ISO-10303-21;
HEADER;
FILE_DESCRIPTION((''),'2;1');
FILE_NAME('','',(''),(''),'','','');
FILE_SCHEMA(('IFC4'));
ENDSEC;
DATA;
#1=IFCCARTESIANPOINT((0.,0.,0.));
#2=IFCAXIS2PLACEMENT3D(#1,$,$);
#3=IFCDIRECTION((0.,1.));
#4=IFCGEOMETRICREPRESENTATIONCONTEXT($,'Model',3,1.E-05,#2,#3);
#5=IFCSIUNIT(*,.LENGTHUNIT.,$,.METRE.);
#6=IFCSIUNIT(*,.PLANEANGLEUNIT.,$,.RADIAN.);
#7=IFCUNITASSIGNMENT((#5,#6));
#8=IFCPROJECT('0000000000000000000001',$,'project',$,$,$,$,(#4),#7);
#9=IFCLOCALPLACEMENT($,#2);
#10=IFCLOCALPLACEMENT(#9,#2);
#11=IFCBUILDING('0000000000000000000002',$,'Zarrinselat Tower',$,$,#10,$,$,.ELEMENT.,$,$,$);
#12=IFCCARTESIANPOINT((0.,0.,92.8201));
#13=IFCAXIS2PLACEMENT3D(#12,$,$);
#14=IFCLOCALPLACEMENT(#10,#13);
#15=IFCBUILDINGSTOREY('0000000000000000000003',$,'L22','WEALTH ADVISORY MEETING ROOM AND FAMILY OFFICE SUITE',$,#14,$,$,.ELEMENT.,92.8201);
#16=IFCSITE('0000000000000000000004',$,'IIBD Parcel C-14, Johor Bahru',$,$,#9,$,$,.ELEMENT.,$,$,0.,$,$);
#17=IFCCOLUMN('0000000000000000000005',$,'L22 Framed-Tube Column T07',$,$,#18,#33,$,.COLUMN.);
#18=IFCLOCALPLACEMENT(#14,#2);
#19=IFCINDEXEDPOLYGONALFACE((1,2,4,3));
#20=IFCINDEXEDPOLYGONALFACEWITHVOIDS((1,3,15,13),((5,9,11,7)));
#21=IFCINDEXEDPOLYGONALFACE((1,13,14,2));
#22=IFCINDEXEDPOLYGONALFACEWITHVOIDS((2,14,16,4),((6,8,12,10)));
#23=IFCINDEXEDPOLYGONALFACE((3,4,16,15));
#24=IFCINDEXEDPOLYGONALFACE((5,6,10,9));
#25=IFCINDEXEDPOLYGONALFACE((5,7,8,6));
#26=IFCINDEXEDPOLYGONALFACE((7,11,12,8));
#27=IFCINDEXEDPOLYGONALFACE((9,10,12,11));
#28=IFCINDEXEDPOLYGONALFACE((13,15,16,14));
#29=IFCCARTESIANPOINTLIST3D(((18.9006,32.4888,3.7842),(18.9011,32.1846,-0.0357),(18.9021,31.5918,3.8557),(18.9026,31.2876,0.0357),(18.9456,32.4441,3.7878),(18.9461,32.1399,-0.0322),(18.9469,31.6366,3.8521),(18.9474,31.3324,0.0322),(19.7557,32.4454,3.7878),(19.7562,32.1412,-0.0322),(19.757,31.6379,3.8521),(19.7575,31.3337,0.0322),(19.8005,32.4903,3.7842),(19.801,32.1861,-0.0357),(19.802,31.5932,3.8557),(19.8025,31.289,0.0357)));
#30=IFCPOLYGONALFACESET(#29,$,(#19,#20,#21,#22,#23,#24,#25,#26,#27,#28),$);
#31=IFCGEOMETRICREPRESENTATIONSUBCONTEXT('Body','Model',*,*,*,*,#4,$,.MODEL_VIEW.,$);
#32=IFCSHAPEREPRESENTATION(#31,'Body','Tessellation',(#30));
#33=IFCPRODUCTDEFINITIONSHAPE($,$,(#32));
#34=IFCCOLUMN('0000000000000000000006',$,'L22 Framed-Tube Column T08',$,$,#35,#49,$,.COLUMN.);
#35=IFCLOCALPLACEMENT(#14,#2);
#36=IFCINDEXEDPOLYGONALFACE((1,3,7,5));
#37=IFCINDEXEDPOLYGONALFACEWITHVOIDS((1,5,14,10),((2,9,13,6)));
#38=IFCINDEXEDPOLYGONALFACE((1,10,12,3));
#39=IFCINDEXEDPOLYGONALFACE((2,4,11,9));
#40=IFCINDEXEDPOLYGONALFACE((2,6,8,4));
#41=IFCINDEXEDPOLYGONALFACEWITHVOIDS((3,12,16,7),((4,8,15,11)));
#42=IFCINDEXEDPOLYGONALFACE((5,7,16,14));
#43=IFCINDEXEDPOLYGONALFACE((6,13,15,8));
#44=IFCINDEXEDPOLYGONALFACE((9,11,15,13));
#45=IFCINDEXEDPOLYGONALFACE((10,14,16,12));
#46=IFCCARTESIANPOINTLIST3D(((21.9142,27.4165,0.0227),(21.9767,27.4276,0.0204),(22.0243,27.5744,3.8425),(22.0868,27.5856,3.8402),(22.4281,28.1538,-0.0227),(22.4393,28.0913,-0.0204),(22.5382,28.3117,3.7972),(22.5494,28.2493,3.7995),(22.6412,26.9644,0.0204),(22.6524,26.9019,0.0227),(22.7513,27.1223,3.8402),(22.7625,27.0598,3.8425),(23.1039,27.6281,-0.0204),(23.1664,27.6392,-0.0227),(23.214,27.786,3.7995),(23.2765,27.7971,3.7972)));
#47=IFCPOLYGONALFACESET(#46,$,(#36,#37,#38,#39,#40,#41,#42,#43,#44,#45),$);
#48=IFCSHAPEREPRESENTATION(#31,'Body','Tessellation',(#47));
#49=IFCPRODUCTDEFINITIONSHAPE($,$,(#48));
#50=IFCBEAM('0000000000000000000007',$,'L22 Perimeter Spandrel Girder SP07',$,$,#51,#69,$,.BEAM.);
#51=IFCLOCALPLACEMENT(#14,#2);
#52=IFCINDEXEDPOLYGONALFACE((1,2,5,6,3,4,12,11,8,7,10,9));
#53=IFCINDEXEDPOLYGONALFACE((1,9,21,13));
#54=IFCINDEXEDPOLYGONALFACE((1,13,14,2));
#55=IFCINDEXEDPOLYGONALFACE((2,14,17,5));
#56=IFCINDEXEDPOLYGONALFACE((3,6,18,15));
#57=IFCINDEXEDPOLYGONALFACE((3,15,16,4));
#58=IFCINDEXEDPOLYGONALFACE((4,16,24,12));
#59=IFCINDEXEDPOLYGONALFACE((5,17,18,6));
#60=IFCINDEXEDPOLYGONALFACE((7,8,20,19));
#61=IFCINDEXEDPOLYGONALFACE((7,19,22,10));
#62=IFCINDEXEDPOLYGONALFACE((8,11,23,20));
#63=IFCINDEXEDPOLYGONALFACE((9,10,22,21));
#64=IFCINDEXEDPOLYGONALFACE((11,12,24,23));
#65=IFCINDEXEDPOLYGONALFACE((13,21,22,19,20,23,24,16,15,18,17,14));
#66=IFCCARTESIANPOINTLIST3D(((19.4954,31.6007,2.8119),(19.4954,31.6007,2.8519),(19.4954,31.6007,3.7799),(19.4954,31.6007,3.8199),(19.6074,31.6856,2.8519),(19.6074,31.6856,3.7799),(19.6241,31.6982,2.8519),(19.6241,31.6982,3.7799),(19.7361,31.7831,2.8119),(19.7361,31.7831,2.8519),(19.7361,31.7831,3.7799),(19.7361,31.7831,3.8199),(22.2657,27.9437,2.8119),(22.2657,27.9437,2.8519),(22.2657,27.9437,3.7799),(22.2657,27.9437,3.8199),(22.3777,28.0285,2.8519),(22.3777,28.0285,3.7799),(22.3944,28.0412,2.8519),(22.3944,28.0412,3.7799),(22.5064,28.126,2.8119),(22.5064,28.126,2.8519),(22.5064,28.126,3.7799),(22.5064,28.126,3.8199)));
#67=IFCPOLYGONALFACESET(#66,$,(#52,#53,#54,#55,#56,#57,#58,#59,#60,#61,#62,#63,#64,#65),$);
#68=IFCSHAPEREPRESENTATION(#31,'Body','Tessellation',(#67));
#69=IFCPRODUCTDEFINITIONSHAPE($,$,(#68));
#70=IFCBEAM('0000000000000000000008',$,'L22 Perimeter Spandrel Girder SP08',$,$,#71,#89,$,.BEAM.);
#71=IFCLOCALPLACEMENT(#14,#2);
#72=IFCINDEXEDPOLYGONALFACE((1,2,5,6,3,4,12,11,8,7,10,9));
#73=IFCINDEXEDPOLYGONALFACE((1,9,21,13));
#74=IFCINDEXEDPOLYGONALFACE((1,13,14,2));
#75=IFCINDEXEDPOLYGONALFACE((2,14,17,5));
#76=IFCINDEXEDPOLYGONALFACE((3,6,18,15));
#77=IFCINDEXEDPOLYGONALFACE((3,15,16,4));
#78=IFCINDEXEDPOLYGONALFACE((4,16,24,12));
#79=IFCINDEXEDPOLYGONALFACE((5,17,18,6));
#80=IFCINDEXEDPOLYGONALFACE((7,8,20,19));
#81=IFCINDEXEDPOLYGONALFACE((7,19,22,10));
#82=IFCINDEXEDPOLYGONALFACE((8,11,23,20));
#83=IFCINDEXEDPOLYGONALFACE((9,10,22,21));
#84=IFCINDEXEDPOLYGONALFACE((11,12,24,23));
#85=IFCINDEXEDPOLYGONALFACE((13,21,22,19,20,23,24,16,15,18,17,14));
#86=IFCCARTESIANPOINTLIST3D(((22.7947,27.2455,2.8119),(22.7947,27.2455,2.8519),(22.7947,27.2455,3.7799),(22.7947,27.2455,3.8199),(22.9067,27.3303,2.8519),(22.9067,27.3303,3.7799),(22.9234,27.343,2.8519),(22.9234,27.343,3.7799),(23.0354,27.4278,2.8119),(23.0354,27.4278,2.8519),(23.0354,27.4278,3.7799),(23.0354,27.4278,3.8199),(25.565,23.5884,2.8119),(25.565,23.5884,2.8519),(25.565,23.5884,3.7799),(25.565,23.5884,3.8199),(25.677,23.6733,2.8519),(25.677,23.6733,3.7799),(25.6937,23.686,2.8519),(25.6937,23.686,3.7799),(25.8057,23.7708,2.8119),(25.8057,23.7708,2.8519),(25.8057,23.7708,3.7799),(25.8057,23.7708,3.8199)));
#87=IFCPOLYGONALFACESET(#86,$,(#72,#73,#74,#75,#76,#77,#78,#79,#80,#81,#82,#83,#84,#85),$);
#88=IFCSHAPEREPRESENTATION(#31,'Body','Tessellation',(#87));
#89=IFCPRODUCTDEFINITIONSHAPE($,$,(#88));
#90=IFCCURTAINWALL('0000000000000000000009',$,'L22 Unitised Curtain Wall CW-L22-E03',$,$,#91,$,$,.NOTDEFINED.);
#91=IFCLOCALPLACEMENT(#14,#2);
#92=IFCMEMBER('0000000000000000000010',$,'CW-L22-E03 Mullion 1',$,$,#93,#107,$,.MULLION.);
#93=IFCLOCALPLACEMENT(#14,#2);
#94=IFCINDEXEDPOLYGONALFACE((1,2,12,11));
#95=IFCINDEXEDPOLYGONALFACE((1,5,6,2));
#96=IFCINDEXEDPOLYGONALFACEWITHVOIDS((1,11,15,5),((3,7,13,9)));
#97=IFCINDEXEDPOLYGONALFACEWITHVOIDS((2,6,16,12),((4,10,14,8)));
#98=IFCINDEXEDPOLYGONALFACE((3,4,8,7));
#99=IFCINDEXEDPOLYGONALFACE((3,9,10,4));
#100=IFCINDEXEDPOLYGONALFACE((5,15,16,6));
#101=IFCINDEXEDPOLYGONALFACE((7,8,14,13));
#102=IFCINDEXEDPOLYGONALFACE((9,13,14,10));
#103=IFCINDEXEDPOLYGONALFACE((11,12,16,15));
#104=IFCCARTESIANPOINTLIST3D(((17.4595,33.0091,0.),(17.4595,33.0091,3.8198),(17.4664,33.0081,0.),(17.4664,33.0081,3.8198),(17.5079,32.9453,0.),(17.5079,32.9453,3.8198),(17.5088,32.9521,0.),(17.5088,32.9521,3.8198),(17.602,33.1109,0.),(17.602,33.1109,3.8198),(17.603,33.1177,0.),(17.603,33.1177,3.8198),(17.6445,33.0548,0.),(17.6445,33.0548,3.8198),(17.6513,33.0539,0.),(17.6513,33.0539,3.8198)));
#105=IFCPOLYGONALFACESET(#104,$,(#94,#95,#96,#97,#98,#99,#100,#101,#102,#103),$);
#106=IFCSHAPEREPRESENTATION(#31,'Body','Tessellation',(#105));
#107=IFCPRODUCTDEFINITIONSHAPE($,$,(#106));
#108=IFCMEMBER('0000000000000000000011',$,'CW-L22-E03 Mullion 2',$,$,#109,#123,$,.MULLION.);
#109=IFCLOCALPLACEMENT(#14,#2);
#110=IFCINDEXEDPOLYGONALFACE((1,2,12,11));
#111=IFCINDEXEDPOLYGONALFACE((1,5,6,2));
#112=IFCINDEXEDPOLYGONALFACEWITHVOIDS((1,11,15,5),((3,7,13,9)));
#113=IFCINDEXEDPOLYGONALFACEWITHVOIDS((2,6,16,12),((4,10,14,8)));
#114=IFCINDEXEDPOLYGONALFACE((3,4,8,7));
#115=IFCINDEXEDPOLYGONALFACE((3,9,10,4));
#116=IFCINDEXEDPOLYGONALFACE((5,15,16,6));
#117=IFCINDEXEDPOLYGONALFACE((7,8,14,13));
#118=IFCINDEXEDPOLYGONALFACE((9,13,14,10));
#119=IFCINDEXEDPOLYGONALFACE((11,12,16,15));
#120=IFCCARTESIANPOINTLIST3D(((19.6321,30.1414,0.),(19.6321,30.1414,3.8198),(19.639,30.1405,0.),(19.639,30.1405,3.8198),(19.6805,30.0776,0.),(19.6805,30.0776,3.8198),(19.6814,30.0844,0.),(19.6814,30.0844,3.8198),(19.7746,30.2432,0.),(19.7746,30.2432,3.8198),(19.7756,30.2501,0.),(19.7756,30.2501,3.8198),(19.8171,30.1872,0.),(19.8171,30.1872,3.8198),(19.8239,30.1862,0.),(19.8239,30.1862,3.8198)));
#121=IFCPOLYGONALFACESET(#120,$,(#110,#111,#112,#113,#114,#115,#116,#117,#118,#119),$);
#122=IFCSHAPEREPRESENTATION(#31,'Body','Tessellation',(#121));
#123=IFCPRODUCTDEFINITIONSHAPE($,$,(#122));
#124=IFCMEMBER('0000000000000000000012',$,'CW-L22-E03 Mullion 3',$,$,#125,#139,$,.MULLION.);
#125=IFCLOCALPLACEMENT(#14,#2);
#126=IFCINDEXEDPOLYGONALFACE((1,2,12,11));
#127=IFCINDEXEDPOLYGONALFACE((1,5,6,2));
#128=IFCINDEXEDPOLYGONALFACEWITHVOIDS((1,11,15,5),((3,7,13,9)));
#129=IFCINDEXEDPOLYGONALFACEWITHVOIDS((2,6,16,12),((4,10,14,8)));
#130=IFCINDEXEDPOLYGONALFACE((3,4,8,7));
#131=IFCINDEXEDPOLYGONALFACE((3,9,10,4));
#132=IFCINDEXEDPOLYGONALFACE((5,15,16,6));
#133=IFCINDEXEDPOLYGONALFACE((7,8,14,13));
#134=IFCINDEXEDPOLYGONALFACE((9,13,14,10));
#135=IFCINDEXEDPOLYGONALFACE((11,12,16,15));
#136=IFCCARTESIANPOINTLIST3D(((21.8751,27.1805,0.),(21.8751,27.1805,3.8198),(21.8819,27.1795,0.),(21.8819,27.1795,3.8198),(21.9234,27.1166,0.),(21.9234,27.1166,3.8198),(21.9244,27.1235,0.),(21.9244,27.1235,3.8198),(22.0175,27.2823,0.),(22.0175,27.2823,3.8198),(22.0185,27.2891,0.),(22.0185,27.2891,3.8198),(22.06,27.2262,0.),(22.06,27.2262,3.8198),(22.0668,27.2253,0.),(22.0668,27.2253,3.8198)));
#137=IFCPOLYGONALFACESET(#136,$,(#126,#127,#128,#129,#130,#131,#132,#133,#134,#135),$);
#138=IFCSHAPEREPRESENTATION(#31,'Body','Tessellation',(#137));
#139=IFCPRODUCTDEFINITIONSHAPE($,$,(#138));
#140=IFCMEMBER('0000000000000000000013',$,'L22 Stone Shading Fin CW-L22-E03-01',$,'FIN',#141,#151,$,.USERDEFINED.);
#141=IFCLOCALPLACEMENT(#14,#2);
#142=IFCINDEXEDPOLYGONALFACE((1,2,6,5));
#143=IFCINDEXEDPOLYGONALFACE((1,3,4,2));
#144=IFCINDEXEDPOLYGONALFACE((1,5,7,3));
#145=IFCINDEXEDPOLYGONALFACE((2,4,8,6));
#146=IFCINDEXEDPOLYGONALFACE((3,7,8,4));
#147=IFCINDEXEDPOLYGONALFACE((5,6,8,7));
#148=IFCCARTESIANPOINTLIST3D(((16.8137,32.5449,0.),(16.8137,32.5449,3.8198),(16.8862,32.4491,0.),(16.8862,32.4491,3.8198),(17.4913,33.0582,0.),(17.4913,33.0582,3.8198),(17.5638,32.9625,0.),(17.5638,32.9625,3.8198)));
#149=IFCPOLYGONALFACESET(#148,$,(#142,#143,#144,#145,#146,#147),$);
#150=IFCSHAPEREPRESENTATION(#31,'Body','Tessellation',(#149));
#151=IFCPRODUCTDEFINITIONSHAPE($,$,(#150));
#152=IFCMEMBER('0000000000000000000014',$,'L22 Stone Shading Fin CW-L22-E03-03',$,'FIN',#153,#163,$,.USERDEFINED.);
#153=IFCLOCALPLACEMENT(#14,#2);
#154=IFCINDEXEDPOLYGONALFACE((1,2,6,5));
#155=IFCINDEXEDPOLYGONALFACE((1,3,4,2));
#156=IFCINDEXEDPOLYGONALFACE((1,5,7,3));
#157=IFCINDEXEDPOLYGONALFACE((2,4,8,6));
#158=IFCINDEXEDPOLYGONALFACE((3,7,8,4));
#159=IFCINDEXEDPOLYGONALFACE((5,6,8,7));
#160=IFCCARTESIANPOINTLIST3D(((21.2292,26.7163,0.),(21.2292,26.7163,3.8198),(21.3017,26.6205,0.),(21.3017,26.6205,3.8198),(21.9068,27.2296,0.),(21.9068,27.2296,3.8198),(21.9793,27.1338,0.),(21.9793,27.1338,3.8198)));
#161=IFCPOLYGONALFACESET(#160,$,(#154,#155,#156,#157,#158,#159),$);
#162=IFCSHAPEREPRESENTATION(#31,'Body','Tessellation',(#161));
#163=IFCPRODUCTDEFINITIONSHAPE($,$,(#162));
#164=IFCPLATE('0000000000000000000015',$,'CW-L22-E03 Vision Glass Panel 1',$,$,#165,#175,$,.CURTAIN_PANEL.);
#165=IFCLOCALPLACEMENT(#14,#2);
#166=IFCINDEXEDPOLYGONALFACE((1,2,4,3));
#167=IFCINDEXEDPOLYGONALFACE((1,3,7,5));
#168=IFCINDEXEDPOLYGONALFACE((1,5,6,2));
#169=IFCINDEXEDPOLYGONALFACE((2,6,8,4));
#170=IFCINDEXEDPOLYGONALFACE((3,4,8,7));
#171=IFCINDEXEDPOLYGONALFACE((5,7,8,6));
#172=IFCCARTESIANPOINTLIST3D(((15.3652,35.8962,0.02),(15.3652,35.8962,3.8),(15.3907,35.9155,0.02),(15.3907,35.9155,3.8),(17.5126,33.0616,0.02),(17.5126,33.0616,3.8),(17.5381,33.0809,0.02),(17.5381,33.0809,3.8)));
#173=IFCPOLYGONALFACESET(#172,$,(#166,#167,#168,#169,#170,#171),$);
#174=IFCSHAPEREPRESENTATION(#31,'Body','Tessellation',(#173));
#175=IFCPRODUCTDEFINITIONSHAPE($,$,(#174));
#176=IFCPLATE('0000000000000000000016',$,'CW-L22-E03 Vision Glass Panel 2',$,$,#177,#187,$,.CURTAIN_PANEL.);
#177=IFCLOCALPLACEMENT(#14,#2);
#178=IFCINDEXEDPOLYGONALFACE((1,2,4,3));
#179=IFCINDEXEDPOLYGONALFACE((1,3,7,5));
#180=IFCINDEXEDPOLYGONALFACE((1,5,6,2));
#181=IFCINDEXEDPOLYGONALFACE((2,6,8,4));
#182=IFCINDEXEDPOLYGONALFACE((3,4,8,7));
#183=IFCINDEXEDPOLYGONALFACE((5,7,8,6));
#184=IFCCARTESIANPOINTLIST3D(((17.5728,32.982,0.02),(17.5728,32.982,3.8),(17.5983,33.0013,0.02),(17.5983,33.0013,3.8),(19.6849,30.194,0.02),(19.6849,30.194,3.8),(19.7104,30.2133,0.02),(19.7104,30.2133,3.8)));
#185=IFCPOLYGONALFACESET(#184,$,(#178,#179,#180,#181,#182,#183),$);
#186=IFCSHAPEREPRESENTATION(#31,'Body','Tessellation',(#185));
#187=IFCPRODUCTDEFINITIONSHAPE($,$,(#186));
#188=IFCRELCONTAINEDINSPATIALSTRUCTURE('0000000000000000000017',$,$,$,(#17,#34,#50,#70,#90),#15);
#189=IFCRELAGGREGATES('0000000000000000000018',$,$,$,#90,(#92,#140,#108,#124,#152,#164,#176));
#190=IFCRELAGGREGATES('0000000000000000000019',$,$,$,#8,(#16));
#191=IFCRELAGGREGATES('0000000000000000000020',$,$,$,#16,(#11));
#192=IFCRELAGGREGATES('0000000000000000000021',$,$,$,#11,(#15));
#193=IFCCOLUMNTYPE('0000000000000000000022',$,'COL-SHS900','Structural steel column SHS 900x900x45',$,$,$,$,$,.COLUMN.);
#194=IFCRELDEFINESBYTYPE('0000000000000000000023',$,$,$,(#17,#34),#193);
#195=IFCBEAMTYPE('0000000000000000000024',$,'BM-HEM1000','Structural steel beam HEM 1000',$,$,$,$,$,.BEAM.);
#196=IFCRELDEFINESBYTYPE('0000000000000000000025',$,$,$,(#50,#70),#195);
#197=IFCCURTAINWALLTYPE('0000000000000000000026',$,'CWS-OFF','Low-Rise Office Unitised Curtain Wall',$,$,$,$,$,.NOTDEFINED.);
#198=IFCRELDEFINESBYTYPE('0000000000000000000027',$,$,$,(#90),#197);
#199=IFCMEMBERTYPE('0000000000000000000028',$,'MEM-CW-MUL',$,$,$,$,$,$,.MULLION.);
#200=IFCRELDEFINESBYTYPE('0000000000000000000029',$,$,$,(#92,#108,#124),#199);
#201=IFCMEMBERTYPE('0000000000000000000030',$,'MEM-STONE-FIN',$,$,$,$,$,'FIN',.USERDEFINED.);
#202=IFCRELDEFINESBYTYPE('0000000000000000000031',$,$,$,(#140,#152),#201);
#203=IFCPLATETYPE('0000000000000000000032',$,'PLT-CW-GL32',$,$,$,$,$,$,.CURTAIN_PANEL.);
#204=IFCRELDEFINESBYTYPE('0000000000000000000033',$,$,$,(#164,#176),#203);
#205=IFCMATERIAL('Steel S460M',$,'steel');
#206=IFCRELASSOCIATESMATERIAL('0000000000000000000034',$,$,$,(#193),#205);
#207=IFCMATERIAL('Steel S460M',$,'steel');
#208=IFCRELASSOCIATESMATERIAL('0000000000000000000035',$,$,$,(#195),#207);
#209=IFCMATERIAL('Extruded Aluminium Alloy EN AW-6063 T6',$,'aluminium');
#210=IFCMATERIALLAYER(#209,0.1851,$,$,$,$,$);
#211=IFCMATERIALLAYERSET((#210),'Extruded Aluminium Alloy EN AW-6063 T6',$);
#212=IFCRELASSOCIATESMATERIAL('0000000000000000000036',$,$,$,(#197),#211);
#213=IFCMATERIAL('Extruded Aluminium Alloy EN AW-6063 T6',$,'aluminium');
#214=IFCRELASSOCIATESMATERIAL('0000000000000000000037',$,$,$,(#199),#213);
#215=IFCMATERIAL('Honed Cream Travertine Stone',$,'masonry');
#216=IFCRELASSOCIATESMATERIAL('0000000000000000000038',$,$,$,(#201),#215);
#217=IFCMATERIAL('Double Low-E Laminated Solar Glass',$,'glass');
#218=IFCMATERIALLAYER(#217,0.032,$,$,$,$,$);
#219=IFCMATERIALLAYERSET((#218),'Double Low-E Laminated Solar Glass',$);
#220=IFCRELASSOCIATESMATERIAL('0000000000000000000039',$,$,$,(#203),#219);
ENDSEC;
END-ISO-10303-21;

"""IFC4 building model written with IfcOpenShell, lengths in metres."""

from ifc_helpers import new_model, si_unit, direction, frame, origin, origin_2d, place, context, subcontext, project, spatial, rectangle, hollow_rectangle, i_section, extrude, material, layer, layer_set, material_profile, profile_set, type_object, element, aggregate, save


model = new_model("IFC4")

# Units and contexts
model_context = context("Model", 3, precision=1e-05, world=origin(), true_north=direction((0.0, 1.0)))
body_context = subcontext(model_context, "Body", "Model", "MODEL_VIEW")
ifc_project = project(units=[si_unit("LENGTHUNIT", "METRE"), si_unit("PLANEANGLEUNIT", "RADIAN")], contexts=[model_context])

# Site, building, storey
site_placement = place(None, origin())
site = spatial("IfcSite", under=ifc_project, at=site_placement, Name="IIBD Parcel C-14, Johor Bahru", CompositionType="ELEMENT", RefElevation=0.0)
building_placement = place(site_placement, origin())
building = spatial("IfcBuilding", under=site, at=building_placement, Name="Zarrinselat Tower", CompositionType="ELEMENT")
storey_placement = place(building_placement, frame((0.0, 0.0, 92.8201)))
storey = spatial("IfcBuildingStorey", under=building, at=storey_placement, Name="L22", Description="WEALTH ADVISORY MEETING ROOM AND FAMILY OFFICE SUITE", CompositionType="ELEMENT", Elevation=92.8201)

# Columns
ifc_material_1 = material(Name="Steel S460M", Category="steel")
ifc_material_profile_1 = material_profile(ifc_material_1, hollow_rectangle(XDim=0.8999, YDim=0.8999, WallThickness=0.0449, at=origin_2d()), Name="SHS 900x900x45")
ifc_profile_set_1 = profile_set([ifc_material_profile_1], Name="Steel S460M")
column_type = type_object("IfcColumnType", Name="COL-SHS900", Description="Structural steel column SHS 900x900x45", PredefinedType="COLUMN", material=ifc_profile_set_1)
column_1_placement = place(storey_placement, frame((19.3518, 31.7368, 0.0), z_axis=(-0.000127, 0.079386, 0.996844), x_axis=(-0.999999, -0.001605, 0.0)))
element("IfcColumn", 1, at=column_1_placement, inside=storey, type_object=column_type, Name="L22 Framed-Tube Column T07", PredefinedType="COLUMN", context=body_context, shape_type="SweptSolid", body=[
    extrude(hollow_rectangle(XDim=0.8999, YDim=0.8999, WallThickness=0.0449, at=origin_2d()), origin(), (0.0, 0.0, 1.0), 3.832),
])
column_2_placement = place(storey_placement, frame((22.5403, 27.5278, 0.0), z_axis=(0.028789, 0.0413, 0.998732), x_axis=(-0.820362, 0.571844, 0.0)))
element("IfcColumn", 2, at=column_2_placement, inside=storey, type_object=column_type, Name="L22 Framed-Tube Column T08", PredefinedType="COLUMN", context=body_context, shape_type="SweptSolid", body=[
    extrude(hollow_rectangle(XDim=0.8999, YDim=0.8999, WallThickness=0.0449, at=origin_2d()), origin(), (0.0, 0.0, 1.0), 3.8247),
])

# Beams
ifc_material_2 = material(Name="Steel S460M", Category="steel")
ifc_material_profile_2 = material_profile(ifc_material_2, i_section(OverallWidth=0.302, OverallDepth=1.0081, WebThickness=0.021, FlangeThickness=0.04, at=origin_2d()), Name="HEM 1000")
ifc_profile_set_2 = profile_set([ifc_material_profile_2], Name="Steel S460M")
beam_type = type_object("IfcBeamType", Name="BM-HEM1000", Description="Structural steel beam HEM 1000", PredefinedType="BEAM", material=ifc_profile_set_2)
for number, where, z_axis, x_axis, name in (
    (3, (19.6157, 31.6919, 3.3159), (0.603833, -0.797111, 0.0), (0.797111, 0.603833, 0.0), "L22 Perimeter Spandrel Girder SP07"),
    (4, (22.915, 27.3367, 3.3159), (0.603833, -0.797111, 0.0), (0.797111, 0.603833, 0.0), "L22 Perimeter Spandrel Girder SP08"),
):
    element("IfcBeam", number, at=place(storey_placement, frame(where, z_axis=z_axis, x_axis=x_axis)), inside=storey, type_object=beam_type, Name=name, PredefinedType="BEAM", context=body_context, shape_type="SweptSolid", body=[
        extrude(i_section(OverallWidth=0.302, OverallDepth=1.0081, WebThickness=0.021, FlangeThickness=0.04, at=origin_2d()), origin(), (0.0, 0.0, 1.0), 4.5879),
    ])

# Curtain wall, members, plates
ifc_material_3 = material(Name="Extruded Aluminium Alloy EN AW-6063 T6", Category="aluminium")
ifc_layer_1 = layer(ifc_material_3, 0.1851)
ifc_layer_set_1 = layer_set([ifc_layer_1], Name="Extruded Aluminium Alloy EN AW-6063 T6")
curtain_wall_type = type_object("IfcCurtainWallType", Name="CWS-OFF", Description="Low-Rise Office Unitised Curtain Wall", PredefinedType="NOTDEFINED", material=ifc_layer_set_1)
curtain_wall_placement = place(storey_placement, origin())
curtain_wall = element("IfcCurtainWall", 5, at=curtain_wall_placement, inside=storey, type_object=curtain_wall_type, Name="L22 Unitised Curtain Wall CW-L22-E03", PredefinedType="NOTDEFINED")
ifc_material_4 = material(Name="Extruded Aluminium Alloy EN AW-6063 T6", Category="aluminium")
ifc_material_profile_3 = material_profile(ifc_material_4, hollow_rectangle(XDim=0.0801, YDim=0.1799, WallThickness=0.0049, at=origin_2d()), Name="RHS 180x80x5")
ifc_profile_set_3 = profile_set([ifc_material_profile_3], Name="Extruded Aluminium Alloy EN AW-6063 T6")
member_type_1 = type_object("IfcMemberType", Name="MEM-CW-MUL", PredefinedType="MULLION", material=ifc_profile_set_3)
member_1_placement = place(storey_placement, frame((17.5554, 33.0315, 0.0), z_axis=(0.0, 0.0, 1.0), x_axis=(0.603856, -0.797093, 0.0)))
member_1 = element("IfcMember", 6, at=member_1_placement, type_object=member_type_1, Name="CW-L22-E03 Mullion 1", PredefinedType="MULLION", context=body_context, shape_type="SweptSolid", body=[
    extrude(hollow_rectangle(XDim=0.0801, YDim=0.1799, WallThickness=0.0049, at=origin_2d()), origin(), (0.0, 0.0, 1.0), 3.8198),
])
member_2_placement = place(storey_placement, frame((19.728, 30.1638, 0.0), z_axis=(0.0, 0.0, 1.0), x_axis=(0.603856, -0.797093, 0.0)))
member_2 = element("IfcMember", 7, at=member_2_placement, type_object=member_type_1, Name="CW-L22-E03 Mullion 2", PredefinedType="MULLION", context=body_context, shape_type="SweptSolid", body=[
    extrude(hollow_rectangle(XDim=0.0801, YDim=0.1799, WallThickness=0.0049, at=origin_2d()), origin(), (0.0, 0.0, 1.0), 3.8198),
])
member_3_placement = place(storey_placement, frame((21.9709, 27.2029, 0.0), z_axis=(0.0, 0.0, 1.0), x_axis=(0.603856, -0.797093, 0.0)))
member_3 = element("IfcMember", 8, at=member_3_placement, type_object=member_type_1, Name="CW-L22-E03 Mullion 3", PredefinedType="MULLION", context=body_context, shape_type="SweptSolid", body=[
    extrude(hollow_rectangle(XDim=0.0801, YDim=0.1799, WallThickness=0.0049, at=origin_2d()), origin(), (0.0, 0.0, 1.0), 3.8198),
])
ifc_material_5 = material(Name="Honed Cream Travertine Stone", Category="masonry")
ifc_material_profile_4 = material_profile(ifc_material_5, rectangle(XDim=0.1201, YDim=0.8501, at=origin_2d()), Name="FIN 850x120")
ifc_profile_set_4 = profile_set([ifc_material_profile_4], Name="Honed Cream Travertine Stone")
member_type_2 = type_object("IfcMemberType", Name="MEM-STONE-FIN", ElementType="FIN", PredefinedType="USERDEFINED", material=ifc_profile_set_4)
member_4_placement = place(storey_placement, frame((17.1887, 32.7537, 0.0), z_axis=(0.0, 0.0, 1.0), x_axis=(-0.603856, 0.797093, 0.0)))
member_4 = element("IfcMember", 9, at=member_4_placement, type_object=member_type_2, Name="L22 Stone Shading Fin CW-L22-E03-01", ObjectType="FIN", PredefinedType="USERDEFINED", context=body_context, shape_type="SweptSolid", body=[
    extrude(rectangle(XDim=0.1201, YDim=0.8501, at=origin_2d()), origin(), (0.0, 0.0, 1.0), 3.8198),
])
member_5_placement = place(storey_placement, frame((21.6042, 26.925, 0.0), z_axis=(0.0, 0.0, 1.0), x_axis=(-0.603856, 0.797093, 0.0)))
member_5 = element("IfcMember", 10, at=member_5_placement, type_object=member_type_2, Name="L22 Stone Shading Fin CW-L22-E03-03", ObjectType="FIN", PredefinedType="USERDEFINED", context=body_context, shape_type="SweptSolid", body=[
    extrude(rectangle(XDim=0.1201, YDim=0.8501, at=origin_2d()), origin(), (0.0, 0.0, 1.0), 3.8198),
])
ifc_material_6 = material(Name="Double Low-E Laminated Solar Glass", Category="glass")
ifc_layer_2 = layer(ifc_material_6, 0.032)
ifc_layer_set_2 = layer_set([ifc_layer_2], Name="Double Low-E Laminated Solar Glass")
plate_type = type_object("IfcPlateType", Name="PLT-CW-GL32", PredefinedType="CURTAIN_PANEL", material=ifc_layer_set_2)
plate_1_placement = place(storey_placement, frame((16.4517, 34.4885, 0.02), z_axis=(0.0, 0.0, 1.0), x_axis=(0.603856, -0.797093, 0.0)))
plate_1 = element("IfcPlate", 11, at=plate_1_placement, type_object=plate_type, Name="CW-L22-E03 Vision Glass Panel 1", PredefinedType="CURTAIN_PANEL", context=body_context, shape_type="SweptSolid", body=[
    extrude(rectangle(XDim=3.5562, YDim=0.032, at=origin_2d()), origin(), (0.0, 0.0, 1.0), 3.78),
])
plate_2_placement = place(storey_placement, frame((18.6416, 31.5977, 0.02), z_axis=(0.0, 0.0, 1.0), x_axis=(0.603856, -0.797093, 0.0)))
plate_2 = element("IfcPlate", 12, at=plate_2_placement, type_object=plate_type, Name="CW-L22-E03 Vision Glass Panel 2", PredefinedType="CURTAIN_PANEL", context=body_context, shape_type="SweptSolid", body=[
    extrude(rectangle(XDim=3.4978, YDim=0.032, at=origin_2d()), origin(), (0.0, 0.0, 1.0), 3.78),
])
aggregate(curtain_wall, [member_1, member_4, member_2, member_3, member_5, plate_1, plate_2])

save(model, "model.ifc")
